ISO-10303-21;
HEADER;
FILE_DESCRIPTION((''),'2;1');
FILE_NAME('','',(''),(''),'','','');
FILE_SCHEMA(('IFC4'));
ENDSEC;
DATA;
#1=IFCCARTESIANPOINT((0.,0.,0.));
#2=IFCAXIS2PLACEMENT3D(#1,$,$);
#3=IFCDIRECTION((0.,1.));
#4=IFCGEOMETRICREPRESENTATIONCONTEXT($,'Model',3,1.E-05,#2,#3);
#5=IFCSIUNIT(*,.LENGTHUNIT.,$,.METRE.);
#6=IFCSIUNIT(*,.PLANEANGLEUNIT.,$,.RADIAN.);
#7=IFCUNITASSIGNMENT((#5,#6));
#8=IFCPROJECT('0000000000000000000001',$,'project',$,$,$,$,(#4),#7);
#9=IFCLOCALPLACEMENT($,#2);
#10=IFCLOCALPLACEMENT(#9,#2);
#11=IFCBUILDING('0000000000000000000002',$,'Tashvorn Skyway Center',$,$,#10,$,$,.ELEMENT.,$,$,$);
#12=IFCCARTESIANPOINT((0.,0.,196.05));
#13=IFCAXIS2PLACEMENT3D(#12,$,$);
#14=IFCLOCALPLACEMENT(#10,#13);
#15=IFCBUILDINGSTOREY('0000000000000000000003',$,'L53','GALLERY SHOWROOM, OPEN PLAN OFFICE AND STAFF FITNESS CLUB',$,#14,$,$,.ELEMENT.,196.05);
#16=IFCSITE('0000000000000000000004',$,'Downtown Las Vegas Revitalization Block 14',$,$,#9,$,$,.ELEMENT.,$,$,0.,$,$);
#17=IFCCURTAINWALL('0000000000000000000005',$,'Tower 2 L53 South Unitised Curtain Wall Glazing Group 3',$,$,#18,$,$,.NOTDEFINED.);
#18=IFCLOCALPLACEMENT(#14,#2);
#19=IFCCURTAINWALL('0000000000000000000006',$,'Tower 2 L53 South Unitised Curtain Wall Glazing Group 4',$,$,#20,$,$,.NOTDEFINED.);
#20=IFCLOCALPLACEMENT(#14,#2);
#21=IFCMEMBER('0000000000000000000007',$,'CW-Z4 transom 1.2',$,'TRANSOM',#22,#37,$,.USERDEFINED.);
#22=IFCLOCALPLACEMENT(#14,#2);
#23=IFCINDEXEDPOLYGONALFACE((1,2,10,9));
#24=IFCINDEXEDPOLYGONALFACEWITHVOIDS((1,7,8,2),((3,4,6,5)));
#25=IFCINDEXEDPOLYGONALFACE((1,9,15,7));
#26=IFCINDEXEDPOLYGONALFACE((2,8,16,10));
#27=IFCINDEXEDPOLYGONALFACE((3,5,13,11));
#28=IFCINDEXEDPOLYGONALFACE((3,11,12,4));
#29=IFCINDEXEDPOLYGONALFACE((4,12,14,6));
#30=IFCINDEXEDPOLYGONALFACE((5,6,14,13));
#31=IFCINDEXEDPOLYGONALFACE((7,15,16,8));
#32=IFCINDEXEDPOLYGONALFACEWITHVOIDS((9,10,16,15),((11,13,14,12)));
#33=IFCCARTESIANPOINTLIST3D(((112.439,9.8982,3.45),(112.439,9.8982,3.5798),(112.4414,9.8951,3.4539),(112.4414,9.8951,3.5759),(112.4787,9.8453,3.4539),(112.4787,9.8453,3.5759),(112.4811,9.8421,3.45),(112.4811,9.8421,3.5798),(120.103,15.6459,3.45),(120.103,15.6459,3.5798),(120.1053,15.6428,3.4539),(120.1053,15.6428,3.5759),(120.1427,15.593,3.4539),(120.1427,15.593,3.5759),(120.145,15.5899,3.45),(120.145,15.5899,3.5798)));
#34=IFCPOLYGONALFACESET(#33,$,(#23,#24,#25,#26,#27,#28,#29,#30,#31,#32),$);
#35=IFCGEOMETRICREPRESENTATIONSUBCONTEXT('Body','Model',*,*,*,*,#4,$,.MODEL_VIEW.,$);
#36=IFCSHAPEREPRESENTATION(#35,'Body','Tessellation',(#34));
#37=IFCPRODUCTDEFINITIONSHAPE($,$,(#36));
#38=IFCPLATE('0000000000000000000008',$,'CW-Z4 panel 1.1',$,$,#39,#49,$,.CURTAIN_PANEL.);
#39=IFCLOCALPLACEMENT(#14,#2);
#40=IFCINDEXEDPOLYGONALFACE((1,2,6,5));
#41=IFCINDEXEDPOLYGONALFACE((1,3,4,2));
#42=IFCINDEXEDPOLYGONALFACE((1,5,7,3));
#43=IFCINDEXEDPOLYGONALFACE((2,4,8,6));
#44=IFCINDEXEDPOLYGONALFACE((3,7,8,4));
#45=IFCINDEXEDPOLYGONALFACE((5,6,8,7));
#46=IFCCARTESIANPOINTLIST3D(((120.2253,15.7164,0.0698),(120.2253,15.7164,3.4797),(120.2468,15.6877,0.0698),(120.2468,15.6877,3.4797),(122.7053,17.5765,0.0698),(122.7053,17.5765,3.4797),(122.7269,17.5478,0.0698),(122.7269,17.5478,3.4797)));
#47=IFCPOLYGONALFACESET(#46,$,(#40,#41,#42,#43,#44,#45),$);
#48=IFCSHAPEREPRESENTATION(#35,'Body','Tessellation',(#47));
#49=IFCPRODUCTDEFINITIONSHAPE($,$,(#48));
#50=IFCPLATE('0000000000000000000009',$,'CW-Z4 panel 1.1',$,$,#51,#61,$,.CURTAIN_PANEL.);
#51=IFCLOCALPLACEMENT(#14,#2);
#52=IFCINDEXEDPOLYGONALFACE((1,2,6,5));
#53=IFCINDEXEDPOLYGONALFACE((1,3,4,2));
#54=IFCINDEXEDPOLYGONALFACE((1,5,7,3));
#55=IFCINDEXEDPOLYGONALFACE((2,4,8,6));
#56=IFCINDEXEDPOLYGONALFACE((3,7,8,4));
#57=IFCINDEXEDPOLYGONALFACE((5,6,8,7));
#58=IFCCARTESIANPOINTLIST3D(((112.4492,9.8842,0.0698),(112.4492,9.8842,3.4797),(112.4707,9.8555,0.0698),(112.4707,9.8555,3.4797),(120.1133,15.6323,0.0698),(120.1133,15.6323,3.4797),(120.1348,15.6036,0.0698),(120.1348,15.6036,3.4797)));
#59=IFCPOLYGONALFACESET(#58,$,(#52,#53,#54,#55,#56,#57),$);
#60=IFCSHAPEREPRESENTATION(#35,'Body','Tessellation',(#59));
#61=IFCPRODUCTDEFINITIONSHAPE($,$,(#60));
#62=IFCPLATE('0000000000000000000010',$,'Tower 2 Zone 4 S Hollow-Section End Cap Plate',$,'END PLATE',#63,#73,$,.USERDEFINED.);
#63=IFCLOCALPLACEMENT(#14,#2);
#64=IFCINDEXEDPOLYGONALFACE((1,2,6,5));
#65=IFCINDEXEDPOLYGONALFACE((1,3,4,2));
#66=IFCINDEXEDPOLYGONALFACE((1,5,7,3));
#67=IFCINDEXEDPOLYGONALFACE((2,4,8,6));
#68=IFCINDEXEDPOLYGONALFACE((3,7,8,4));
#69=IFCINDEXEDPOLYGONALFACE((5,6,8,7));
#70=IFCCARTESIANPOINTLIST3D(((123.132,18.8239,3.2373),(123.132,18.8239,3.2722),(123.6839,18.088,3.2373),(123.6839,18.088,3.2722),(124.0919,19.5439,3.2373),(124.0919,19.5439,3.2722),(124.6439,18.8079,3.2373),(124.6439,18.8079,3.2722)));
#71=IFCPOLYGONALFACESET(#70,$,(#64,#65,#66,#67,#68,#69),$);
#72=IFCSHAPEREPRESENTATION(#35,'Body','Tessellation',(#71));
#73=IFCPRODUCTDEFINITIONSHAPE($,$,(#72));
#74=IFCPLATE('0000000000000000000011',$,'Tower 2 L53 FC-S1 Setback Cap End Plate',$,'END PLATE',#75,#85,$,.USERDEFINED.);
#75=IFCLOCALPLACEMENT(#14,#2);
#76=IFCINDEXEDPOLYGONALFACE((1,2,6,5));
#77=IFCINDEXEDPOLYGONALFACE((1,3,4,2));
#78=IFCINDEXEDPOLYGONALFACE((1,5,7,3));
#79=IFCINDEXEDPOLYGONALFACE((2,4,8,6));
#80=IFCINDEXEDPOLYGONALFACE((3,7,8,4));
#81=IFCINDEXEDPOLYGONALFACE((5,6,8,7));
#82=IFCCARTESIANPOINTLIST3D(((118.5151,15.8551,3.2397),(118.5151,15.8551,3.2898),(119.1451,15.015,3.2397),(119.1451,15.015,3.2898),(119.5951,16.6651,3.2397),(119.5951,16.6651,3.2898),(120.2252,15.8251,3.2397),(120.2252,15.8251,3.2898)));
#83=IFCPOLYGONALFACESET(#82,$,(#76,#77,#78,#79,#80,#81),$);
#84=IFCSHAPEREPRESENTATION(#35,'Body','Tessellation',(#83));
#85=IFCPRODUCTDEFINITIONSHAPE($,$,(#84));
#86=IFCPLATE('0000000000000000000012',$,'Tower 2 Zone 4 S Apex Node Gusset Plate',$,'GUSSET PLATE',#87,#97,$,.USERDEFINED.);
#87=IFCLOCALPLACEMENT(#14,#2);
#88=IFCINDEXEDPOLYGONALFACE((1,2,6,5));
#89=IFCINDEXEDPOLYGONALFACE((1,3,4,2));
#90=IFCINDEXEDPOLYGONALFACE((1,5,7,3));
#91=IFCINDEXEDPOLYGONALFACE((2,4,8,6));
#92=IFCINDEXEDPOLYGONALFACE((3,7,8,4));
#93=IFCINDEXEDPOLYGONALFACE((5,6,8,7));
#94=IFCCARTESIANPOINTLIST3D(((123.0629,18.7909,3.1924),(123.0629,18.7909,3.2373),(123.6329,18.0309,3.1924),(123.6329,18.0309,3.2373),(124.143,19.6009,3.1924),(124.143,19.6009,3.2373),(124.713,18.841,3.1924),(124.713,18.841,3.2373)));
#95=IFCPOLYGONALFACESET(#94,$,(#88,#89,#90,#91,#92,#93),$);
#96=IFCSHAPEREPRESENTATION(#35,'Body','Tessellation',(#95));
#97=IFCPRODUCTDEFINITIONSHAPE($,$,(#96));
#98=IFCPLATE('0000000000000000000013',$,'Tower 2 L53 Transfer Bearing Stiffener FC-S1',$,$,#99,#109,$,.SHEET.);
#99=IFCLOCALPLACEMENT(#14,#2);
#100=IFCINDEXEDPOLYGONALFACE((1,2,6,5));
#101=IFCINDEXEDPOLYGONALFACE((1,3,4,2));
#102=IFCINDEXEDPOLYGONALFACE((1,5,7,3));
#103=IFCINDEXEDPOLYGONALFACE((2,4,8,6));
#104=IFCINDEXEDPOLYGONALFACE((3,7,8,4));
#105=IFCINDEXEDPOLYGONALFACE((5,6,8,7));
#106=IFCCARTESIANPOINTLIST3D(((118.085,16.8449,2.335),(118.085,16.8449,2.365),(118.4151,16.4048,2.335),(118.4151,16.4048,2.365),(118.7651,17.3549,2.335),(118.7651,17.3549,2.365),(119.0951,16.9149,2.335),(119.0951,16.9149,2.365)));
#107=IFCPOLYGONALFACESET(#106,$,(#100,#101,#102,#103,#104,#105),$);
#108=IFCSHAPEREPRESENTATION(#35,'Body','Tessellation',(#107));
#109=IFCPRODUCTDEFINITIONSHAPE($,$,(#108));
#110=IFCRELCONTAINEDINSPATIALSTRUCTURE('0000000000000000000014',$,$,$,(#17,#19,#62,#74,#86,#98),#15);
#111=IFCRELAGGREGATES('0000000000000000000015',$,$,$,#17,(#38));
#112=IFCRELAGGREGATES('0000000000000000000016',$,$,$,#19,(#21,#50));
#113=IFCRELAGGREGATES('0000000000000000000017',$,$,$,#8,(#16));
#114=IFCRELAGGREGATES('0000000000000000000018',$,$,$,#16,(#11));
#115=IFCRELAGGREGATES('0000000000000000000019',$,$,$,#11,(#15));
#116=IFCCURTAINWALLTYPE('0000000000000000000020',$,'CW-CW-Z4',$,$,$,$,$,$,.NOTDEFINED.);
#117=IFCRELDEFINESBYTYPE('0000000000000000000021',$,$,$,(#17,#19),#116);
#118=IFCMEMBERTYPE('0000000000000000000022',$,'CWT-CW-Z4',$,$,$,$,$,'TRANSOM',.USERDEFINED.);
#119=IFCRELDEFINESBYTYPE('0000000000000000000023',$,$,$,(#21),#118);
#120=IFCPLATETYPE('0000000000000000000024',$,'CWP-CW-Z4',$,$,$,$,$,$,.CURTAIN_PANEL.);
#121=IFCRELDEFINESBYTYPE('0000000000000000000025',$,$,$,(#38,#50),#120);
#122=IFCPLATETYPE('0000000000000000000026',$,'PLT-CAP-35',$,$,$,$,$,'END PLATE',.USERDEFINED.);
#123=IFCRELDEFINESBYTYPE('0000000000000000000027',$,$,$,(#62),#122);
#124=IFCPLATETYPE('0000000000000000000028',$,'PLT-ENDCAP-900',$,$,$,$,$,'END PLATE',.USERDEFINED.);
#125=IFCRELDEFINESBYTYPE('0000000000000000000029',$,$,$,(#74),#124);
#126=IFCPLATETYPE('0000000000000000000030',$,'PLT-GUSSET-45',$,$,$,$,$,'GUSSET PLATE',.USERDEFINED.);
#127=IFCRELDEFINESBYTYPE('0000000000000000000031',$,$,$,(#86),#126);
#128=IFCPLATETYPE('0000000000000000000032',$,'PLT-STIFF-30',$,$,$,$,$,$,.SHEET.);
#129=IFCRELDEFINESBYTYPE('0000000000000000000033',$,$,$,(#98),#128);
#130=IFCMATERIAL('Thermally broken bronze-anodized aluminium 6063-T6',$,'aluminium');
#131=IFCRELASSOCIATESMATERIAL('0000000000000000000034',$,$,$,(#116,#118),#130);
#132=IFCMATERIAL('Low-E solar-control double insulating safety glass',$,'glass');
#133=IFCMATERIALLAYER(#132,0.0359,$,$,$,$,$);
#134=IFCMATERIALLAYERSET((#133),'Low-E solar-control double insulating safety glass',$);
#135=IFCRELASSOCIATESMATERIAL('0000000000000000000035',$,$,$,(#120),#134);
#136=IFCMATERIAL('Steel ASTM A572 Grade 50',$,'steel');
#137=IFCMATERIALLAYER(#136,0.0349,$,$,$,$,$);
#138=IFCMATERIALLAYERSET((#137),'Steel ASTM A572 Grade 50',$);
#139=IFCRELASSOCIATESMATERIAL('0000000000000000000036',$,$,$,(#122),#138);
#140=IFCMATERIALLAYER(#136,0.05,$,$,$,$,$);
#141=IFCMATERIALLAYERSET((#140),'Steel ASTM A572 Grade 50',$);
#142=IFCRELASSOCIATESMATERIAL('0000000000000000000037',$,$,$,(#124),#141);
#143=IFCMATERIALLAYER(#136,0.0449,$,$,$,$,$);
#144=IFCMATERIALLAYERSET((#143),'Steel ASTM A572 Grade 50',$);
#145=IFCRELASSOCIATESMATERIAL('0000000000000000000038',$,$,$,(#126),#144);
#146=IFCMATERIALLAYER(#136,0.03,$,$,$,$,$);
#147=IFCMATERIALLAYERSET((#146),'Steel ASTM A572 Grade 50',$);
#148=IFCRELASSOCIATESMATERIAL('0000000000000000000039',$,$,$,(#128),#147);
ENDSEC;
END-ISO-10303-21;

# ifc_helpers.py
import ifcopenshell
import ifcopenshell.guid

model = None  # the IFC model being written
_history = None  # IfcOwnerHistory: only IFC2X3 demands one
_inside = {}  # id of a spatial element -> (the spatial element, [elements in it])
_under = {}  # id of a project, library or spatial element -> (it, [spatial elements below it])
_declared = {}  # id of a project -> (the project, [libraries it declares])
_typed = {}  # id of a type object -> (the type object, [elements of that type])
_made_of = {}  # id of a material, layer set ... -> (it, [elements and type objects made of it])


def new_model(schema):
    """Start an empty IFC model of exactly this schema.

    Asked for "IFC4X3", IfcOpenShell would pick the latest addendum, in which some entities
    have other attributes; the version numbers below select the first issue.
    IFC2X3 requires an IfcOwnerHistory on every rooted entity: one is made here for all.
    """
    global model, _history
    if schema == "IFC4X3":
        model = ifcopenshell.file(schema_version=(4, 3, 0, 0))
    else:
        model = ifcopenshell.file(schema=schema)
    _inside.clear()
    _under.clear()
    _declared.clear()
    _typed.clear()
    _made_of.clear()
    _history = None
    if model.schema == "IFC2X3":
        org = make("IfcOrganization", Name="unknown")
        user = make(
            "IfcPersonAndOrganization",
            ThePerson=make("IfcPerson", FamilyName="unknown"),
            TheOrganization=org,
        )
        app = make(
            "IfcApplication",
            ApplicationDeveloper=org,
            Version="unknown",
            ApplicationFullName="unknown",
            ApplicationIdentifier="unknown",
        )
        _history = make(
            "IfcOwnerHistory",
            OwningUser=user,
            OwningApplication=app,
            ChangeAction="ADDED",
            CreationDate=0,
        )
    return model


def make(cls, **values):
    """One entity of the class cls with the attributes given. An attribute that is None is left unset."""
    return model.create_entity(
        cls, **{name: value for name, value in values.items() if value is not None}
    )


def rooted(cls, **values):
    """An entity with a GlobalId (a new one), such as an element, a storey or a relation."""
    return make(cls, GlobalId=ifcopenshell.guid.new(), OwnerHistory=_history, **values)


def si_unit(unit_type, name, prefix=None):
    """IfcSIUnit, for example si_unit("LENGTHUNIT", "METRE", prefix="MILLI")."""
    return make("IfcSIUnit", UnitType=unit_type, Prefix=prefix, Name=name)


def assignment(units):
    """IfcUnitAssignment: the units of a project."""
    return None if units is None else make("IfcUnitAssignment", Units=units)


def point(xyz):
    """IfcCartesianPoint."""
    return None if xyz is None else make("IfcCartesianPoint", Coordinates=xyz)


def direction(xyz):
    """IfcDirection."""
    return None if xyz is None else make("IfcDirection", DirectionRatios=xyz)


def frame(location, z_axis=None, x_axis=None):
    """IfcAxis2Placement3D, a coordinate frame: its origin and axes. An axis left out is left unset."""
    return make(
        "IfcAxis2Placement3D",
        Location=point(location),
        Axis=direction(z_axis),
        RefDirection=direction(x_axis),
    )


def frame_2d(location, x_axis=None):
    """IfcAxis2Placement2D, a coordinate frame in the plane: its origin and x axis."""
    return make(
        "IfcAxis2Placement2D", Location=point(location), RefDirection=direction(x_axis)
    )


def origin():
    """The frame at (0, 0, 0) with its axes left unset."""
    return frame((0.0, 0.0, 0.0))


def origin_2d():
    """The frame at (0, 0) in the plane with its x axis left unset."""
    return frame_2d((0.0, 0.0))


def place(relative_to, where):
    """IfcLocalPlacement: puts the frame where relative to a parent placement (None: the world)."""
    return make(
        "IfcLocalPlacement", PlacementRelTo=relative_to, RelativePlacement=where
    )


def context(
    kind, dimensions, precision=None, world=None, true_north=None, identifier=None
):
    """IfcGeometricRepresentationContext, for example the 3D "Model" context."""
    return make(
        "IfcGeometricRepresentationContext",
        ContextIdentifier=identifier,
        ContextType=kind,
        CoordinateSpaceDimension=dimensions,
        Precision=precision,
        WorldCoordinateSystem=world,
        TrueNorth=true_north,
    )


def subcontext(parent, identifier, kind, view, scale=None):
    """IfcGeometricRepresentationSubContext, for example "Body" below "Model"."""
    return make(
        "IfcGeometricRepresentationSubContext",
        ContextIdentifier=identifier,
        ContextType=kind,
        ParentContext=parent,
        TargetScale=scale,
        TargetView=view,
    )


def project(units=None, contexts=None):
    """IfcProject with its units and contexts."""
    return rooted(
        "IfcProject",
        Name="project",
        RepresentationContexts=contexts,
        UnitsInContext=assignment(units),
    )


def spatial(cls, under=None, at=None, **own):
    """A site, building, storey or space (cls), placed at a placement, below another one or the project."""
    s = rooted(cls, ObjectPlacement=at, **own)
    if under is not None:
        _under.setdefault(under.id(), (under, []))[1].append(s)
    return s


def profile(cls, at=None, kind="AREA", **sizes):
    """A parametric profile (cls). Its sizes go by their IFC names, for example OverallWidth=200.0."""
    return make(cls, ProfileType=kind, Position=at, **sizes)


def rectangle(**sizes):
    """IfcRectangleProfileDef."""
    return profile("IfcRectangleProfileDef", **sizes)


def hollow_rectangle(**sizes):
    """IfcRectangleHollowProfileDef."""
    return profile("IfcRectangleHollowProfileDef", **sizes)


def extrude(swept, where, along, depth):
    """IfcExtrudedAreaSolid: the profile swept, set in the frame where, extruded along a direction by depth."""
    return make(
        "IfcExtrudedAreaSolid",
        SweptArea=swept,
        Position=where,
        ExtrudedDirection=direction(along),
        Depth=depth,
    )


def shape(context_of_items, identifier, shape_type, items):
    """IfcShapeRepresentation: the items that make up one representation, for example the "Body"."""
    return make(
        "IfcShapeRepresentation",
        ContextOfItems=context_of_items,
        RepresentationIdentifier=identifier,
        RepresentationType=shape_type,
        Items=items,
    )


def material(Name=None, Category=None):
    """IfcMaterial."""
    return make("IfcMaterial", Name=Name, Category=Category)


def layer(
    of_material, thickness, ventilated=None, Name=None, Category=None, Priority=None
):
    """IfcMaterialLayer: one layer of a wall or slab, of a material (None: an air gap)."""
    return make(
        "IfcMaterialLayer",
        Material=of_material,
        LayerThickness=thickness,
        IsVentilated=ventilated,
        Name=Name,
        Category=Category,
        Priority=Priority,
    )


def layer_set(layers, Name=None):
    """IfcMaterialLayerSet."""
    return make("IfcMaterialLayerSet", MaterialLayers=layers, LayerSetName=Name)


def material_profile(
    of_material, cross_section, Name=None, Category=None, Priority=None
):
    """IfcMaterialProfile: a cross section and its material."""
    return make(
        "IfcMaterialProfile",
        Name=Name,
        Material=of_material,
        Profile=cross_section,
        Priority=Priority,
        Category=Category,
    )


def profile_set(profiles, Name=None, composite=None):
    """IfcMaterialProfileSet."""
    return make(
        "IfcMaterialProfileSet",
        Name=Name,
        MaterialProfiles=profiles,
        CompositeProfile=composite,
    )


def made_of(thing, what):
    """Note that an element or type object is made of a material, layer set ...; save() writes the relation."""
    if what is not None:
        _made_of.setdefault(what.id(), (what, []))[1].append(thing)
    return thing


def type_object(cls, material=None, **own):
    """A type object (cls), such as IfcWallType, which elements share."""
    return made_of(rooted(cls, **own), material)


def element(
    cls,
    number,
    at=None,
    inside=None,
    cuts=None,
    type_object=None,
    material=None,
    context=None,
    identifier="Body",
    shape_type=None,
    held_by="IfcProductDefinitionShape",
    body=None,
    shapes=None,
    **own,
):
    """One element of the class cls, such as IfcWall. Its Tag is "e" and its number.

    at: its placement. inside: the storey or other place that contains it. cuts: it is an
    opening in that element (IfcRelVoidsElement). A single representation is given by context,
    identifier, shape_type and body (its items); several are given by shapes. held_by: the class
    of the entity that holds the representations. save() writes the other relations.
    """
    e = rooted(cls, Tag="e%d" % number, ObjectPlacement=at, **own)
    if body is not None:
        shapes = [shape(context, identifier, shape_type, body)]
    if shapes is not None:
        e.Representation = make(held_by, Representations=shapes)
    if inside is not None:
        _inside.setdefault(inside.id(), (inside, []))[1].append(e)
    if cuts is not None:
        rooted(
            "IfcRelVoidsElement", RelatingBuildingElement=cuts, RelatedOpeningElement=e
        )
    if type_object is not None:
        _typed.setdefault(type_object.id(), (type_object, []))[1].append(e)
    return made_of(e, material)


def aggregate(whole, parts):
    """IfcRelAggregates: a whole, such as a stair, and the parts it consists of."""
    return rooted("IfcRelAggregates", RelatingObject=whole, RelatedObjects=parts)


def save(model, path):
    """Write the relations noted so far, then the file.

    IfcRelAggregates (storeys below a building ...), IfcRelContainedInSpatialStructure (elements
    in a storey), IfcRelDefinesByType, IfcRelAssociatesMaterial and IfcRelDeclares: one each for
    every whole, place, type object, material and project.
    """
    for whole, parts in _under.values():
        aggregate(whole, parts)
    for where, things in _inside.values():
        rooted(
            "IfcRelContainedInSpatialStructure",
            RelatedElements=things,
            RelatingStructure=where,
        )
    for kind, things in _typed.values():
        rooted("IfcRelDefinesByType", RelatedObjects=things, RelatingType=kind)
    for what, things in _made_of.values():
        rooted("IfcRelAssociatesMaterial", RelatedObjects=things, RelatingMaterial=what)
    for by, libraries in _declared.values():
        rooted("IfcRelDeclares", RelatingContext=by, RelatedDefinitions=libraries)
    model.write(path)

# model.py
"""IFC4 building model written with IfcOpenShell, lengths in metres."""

from ifc_helpers import new_model, si_unit, direction, frame, origin, origin_2d, place, context, subcontext, project, spatial, rectangle, hollow_rectangle, extrude, material, layer, layer_set, material_profile, profile_set, type_object, element, aggregate, save


model = new_model("IFC4")

# Units and contexts
model_context = context("Model", 3, precision=1e-05, world=origin(), true_north=direction((0.0, 1.0)))
body_context = subcontext(model_context, "Body", "Model", "MODEL_VIEW")
ifc_project = project(units=[si_unit("LENGTHUNIT", "METRE"), si_unit("PLANEANGLEUNIT", "RADIAN")], contexts=[model_context])

# Site, building, storey
site_placement = place(None, origin())
site = spatial("IfcSite", under=ifc_project, at=site_placement, Name="Downtown Las Vegas Revitalization Block 14", CompositionType="ELEMENT", RefElevation=0.0)
building_placement = place(site_placement, origin())
building = spatial("IfcBuilding", under=site, at=building_placement, Name="Tashvorn Skyway Center", CompositionType="ELEMENT")
storey_placement = place(building_placement, frame((0.0, 0.0, 196.05)))
storey = spatial("IfcBuildingStorey", under=building, at=storey_placement, Name="L53", Description="GALLERY SHOWROOM, OPEN PLAN OFFICE AND STAFF FITNESS CLUB", CompositionType="ELEMENT", Elevation=196.05)

# Shared definitions
ifc_material_1 = material(Name="Steel ASTM A572 Grade 50", Category="steel")

# Curtain wall
ifc_material_2 = material(Name="Thermally broken bronze-anodized aluminium 6063-T6", Category="aluminium")
curtain_wall_type = type_object("IfcCurtainWallType", Name="CW-CW-Z4", PredefinedType="NOTDEFINED", material=ifc_material_2)
curtain_wall_1_placement = place(storey_placement, origin())
curtain_wall_1 = element("IfcCurtainWall", 1, at=curtain_wall_1_placement, inside=storey, type_object=curtain_wall_type, Name="Tower 2 L53 South Unitised Curtain Wall Glazing Group 3", PredefinedType="NOTDEFINED")

# Curtain wall
curtain_wall_2_placement = place(storey_placement, origin())
curtain_wall_2 = element("IfcCurtainWall", 2, at=curtain_wall_2_placement, inside=storey, type_object=curtain_wall_type, Name="Tower 2 L53 South Unitised Curtain Wall Glazing Group 4", PredefinedType="NOTDEFINED")

# Member
ifc_material_profile_1 = material_profile(ifc_material_2, hollow_rectangle(XDim=0.0701, YDim=0.1299, WallThickness=0.0039, at=origin_2d()), Name="ALU-TRAN-70x130")
ifc_profile_set_1 = profile_set([ifc_material_profile_1], Name="Thermally broken bronze-anodized aluminium 6063-T6")
member_type_1 = type_object("IfcMemberType", Name="CWT-CW-Z4", ElementType="TRANSOM", PredefinedType="USERDEFINED", material=ifc_profile_set_1)
member_1_placement = place(storey_placement, frame((120.124, 15.6179, 3.5149), z_axis=(-0.800012, -0.599984, 0.0), x_axis=(0.599984, -0.800012, 0.0)))
member_1 = element("IfcMember", 3, at=member_1_placement, type_object=member_type_1, Name="CW-Z4 transom 1.2", ObjectType="TRANSOM", PredefinedType="USERDEFINED", context=body_context, shape_type="SweptSolid", body=[
    extrude(hollow_rectangle(XDim=0.0701, YDim=0.1299, WallThickness=0.0039, at=origin_2d()), origin(), (0.0, 0.0, 1.0), 9.5798),
])

# Plates
ifc_material_3 = material(Name="Low-E solar-control double insulating safety glass", Category="glass")
ifc_layer_1 = layer(ifc_material_3, 0.0359)
ifc_layer_set_1 = layer_set([ifc_layer_1], Name="Low-E solar-control double insulating safety glass")
plate_type_1 = type_object("IfcPlateType", Name="CWP-CW-Z4", PredefinedType="CURTAIN_PANEL", material=ifc_layer_set_1)
plate_1_placement = place(storey_placement, frame((121.4761, 16.6321, 0.0698), z_axis=(0.0, 0.0, 1.0), x_axis=(-0.8, -0.6, 0.0)))
plate_1 = element("IfcPlate", 4, at=plate_1_placement, type_object=plate_type_1, Name="CW-Z4 panel 1.1", PredefinedType="CURTAIN_PANEL", context=body_context, shape_type="SweptSolid", body=[
    extrude(rectangle(XDim=3.1001, YDim=0.0359, at=origin_2d()), origin(), (0.0, 0.0, 1.0), 3.4099),
])
aggregate(curtain_wall_1, [plate_1])
plate_2_placement = place(storey_placement, frame((116.292, 12.7439, 0.0698), z_axis=(0.0, 0.0, 1.0), x_axis=(-0.8, -0.6, 0.0)))
plate_2 = element("IfcPlate", 5, at=plate_2_placement, type_object=plate_type_1, Name="CW-Z4 panel 1.1", PredefinedType="CURTAIN_PANEL", context=body_context, shape_type="SweptSolid", body=[
    extrude(rectangle(XDim=9.5801, YDim=0.0359, at=origin_2d()), origin(), (0.0, 0.0, 1.0), 3.4099),
])
aggregate(curtain_wall_2, [member_1, plate_2])

# Plates
ifc_layer_2 = layer(ifc_material_1, 0.0349)
ifc_layer_set_2 = layer_set([ifc_layer_2], Name="Steel ASTM A572 Grade 50")
plate_type_2 = type_object("IfcPlateType", Name="PLT-CAP-35", ElementType="END PLATE", PredefinedType="USERDEFINED", material=ifc_layer_set_2)
plate_3_placement = place(storey_placement, frame((123.8879, 18.8159, 3.2373), z_axis=(0.0, 0.0, 1.0), x_axis=(0.8, 0.6, 0.0)))
element("IfcPlate", 6, at=plate_3_placement, inside=storey, type_object=plate_type_2, Name="Tower 2 Zone 4 S Hollow-Section End Cap Plate", ObjectType="END PLATE", PredefinedType="USERDEFINED", context=body_context, shape_type="SweptSolid", body=[
    extrude(rectangle(XDim=1.2, YDim=0.9199, at=origin_2d()), origin(), (0.0, 0.0, 1.0), 0.0349),
])
ifc_layer_3 = layer(ifc_material_1, 0.05)
ifc_layer_set_3 = layer_set([ifc_layer_3], Name="Steel ASTM A572 Grade 50")
plate_type_3 = type_object("IfcPlateType", Name="PLT-ENDCAP-900", ElementType="END PLATE", PredefinedType="USERDEFINED", material=ifc_layer_set_3)
plate_4_placement = place(storey_placement, frame((119.3701, 15.8401, 3.2397), z_axis=(0.0, 0.0, 1.0), x_axis=(0.8, 0.6, 0.0)))
element("IfcPlate", 7, at=plate_4_placement, inside=storey, type_object=plate_type_3, Name="Tower 2 L53 FC-S1 Setback Cap End Plate", ObjectType="END PLATE", PredefinedType="USERDEFINED", context=body_context, shape_type="SweptSolid", body=[
    extrude(rectangle(XDim=1.3501, YDim=1.05, at=origin_2d()), origin(), (0.0, 0.0, 1.0), 0.05),
])
ifc_layer_4 = layer(ifc_material_1, 0.0449)
ifc_layer_set_4 = layer_set([ifc_layer_4], Name="Steel ASTM A572 Grade 50")
plate_type_4 = type_object("IfcPlateType", Name="PLT-GUSSET-45", ElementType="GUSSET PLATE", PredefinedType="USERDEFINED", material=ifc_layer_set_4)
plate_5_placement = place(storey_placement, frame((123.8879, 18.8159, 3.1924), z_axis=(0.0, 0.0, 1.0), x_axis=(0.8, 0.6, 0.0)))
element("IfcPlate", 8, at=plate_5_placement, inside=storey, type_object=plate_type_4, Name="Tower 2 Zone 4 S Apex Node Gusset Plate", ObjectType="GUSSET PLATE", PredefinedType="USERDEFINED", context=body_context, shape_type="SweptSolid", body=[
    extrude(rectangle(XDim=1.3501, YDim=0.95, at=origin_2d()), origin(), (0.0, 0.0, 1.0), 0.0449),
])
ifc_layer_5 = layer(ifc_material_1, 0.03)
ifc_layer_set_5 = layer_set([ifc_layer_5], Name="Steel ASTM A572 Grade 50")
plate_type_5 = type_object("IfcPlateType", Name="PLT-STIFF-30", PredefinedType="SHEET", material=ifc_layer_set_5)
plate_6_placement = place(storey_placement, frame((118.5901, 16.8799, 2.335), z_axis=(0.0, 0.0, 1.0), x_axis=(0.8, 0.6, 0.0)))
element("IfcPlate", 9, at=plate_6_placement, inside=storey, type_object=plate_type_5, Name="Tower 2 L53 Transfer Bearing Stiffener FC-S1", PredefinedType="SHEET", context=body_context, shape_type="SweptSolid", body=[
    extrude(rectangle(XDim=0.8501, YDim=0.55, at=origin_2d()), origin(), (0.0, 0.0, 1.0), 0.03),
])

save(model, "model.ifc")
